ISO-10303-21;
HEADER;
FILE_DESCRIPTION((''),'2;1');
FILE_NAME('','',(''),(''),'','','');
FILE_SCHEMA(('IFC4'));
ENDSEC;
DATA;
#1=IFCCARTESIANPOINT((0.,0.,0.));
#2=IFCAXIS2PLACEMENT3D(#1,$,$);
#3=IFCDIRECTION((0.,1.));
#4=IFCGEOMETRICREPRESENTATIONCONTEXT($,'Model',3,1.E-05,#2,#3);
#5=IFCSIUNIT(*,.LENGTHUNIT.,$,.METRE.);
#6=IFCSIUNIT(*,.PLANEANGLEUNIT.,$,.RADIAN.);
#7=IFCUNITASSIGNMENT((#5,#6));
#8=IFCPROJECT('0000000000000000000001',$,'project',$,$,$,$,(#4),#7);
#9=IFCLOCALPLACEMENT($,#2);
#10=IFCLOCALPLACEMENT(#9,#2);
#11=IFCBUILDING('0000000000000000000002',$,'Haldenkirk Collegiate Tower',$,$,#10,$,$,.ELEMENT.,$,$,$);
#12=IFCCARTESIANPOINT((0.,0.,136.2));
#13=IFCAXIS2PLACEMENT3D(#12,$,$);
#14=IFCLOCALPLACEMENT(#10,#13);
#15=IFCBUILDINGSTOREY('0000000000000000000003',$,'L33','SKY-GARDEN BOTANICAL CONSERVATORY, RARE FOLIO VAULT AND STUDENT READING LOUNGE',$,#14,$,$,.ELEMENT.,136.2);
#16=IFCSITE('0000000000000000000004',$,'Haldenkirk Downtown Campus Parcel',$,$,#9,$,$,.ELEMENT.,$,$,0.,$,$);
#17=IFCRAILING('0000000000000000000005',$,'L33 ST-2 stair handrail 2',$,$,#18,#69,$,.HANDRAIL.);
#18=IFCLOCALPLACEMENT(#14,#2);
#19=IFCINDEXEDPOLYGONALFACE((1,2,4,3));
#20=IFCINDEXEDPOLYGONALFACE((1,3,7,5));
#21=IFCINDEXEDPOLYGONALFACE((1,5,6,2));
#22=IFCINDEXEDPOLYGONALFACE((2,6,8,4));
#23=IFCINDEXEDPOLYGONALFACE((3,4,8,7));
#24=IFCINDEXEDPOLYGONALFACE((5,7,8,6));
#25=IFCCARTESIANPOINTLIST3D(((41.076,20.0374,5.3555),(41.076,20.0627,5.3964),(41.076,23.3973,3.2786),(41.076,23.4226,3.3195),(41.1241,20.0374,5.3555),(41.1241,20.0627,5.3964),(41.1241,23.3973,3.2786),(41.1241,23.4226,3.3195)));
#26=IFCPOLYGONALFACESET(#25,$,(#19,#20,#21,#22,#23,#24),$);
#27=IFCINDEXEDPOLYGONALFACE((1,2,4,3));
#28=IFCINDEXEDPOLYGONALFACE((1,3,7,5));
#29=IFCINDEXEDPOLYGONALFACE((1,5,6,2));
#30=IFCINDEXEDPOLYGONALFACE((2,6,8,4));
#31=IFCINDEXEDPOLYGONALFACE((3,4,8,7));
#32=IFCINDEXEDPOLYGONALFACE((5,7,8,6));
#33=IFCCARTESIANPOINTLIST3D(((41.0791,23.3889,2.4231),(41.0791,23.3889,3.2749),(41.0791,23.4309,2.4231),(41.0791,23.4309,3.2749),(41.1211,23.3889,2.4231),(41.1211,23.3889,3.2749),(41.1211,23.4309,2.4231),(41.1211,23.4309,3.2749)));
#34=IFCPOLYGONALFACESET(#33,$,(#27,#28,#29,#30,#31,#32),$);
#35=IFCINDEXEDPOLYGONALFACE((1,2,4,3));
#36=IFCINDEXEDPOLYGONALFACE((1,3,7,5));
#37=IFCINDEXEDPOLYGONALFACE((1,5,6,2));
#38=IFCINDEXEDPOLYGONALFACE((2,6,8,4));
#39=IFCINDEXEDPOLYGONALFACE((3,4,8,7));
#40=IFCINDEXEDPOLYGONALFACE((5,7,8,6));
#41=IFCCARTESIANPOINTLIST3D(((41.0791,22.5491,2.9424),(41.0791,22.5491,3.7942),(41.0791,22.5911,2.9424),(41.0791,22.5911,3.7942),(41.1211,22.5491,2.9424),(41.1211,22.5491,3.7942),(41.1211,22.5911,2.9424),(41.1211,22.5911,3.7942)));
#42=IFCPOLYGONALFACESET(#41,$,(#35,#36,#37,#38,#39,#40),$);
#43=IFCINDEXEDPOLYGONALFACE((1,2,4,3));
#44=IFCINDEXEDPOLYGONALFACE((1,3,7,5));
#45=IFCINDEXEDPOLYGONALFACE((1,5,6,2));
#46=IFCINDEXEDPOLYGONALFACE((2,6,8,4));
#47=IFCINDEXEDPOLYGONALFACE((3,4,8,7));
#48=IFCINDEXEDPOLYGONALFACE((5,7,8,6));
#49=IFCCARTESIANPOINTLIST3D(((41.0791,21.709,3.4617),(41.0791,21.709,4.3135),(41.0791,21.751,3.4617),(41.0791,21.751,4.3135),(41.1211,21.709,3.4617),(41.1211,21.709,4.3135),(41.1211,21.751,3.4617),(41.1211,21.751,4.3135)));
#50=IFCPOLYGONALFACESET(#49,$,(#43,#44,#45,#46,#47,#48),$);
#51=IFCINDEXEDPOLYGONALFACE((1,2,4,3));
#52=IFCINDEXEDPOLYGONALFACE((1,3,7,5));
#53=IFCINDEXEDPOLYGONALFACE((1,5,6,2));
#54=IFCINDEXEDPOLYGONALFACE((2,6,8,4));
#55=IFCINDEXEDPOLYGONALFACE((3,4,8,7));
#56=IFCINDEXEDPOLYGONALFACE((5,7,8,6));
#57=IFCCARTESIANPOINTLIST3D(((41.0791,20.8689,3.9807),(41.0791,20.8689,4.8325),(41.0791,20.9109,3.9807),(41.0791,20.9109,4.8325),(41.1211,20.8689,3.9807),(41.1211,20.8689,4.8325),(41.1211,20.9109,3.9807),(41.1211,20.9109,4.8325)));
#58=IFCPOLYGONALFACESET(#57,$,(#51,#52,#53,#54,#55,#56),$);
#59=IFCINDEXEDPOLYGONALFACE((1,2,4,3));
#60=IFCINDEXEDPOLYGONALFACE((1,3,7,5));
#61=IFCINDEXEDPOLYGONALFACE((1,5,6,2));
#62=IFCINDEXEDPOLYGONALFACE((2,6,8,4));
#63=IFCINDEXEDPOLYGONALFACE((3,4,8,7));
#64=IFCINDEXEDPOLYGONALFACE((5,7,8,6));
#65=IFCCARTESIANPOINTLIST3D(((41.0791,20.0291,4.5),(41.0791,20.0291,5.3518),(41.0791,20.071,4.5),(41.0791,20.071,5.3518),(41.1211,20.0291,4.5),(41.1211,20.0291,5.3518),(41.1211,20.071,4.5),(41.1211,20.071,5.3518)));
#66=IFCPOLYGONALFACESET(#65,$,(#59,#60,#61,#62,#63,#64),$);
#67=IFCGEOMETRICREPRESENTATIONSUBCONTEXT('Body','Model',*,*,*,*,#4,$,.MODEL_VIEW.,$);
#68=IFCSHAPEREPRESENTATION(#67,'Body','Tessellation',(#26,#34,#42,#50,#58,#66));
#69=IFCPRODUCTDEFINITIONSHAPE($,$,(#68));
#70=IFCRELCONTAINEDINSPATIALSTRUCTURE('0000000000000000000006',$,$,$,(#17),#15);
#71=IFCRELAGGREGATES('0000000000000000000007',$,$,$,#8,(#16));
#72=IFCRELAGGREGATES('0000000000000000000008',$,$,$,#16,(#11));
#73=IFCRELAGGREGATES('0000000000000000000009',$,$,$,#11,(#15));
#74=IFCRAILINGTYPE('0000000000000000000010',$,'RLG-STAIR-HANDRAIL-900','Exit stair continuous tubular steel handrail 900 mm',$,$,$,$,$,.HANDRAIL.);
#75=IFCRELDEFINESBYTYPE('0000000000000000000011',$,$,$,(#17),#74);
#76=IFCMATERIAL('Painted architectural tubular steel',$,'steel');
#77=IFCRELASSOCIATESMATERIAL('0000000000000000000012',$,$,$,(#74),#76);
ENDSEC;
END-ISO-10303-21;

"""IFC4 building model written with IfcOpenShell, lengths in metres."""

from ifc_helpers import new_model, si_unit, direction, frame, origin, origin_2d, place, context, subcontext, project, spatial, rectangle, extrude, material, type_object, element, save


model = new_model("IFC4")

# Units and contexts
model_context = context("Model", 3, precision=1e-05, world=origin(), true_north=direction((0.0, 1.0)))
body_context = subcontext(model_context, "Body", "Model", "MODEL_VIEW")
ifc_project = project(units=[si_unit("LENGTHUNIT", "METRE"), si_unit("PLANEANGLEUNIT", "RADIAN")], contexts=[model_context])

# Site, building, storey
site_placement = place(None, origin())
site = spatial("IfcSite", under=ifc_project, at=site_placement, Name="Haldenkirk Downtown Campus Parcel", CompositionType="ELEMENT", RefElevation=0.0)
building_placement = place(site_placement, origin())
building = spatial("IfcBuilding", under=site, at=building_placement, Name="Haldenkirk Collegiate Tower", CompositionType="ELEMENT")
storey_placement = place(building_placement, frame((0.0, 0.0, 136.2)))
storey = spatial("IfcBuildingStorey", under=building, at=storey_placement, Name="L33", Description="SKY-GARDEN BOTANICAL CONSERVATORY, RARE FOLIO VAULT AND STUDENT READING LOUNGE", CompositionType="ELEMENT", Elevation=136.2)

# Railing
ifc_material_1 = material(Name="Painted architectural tubular steel", Category="steel")
railing_type_1 = type_object("IfcRailingType", Name="RLG-STAIR-HANDRAIL-900", Description="Exit stair continuous tubular steel handrail 900 mm", PredefinedType="HANDRAIL", material=ifc_material_1)
railing_1_placement = place(storey_placement, frame((41.1001, 23.4099, 2.4231)))
element("IfcRailing", 1, at=railing_1_placement, inside=storey, type_object=railing_type_1, Name="L33 ST-2 stair handrail 2", PredefinedType="HANDRAIL", context=body_context, shape_type="SweptSolid", body=[
    extrude(rectangle(XDim=0.0481, YDim=0.0481, at=origin_2d()), frame((0.0, 0.0, 0.876), z_axis=(0.0, -0.850606, 0.525803), x_axis=(1.0, 0.0, 0.0)), (0.0, 0.0, 1.0), 3.95),
    extrude(rectangle(XDim=0.042, YDim=0.042, at=origin_2d()), origin(), (0.0, 0.0, 1.0), 0.8518),
    extrude(rectangle(XDim=0.042, YDim=0.042, at=origin_2d()), frame((0.0, -0.8398, 0.5193)), (0.0, 0.0, 1.0), 0.8518),
    extrude(rectangle(XDim=0.042, YDim=0.042, at=origin_2d()), frame((0.0, -1.6799, 1.0386)), (0.0, 0.0, 1.0), 0.8518),
    extrude(rectangle(XDim=0.042, YDim=0.042, at=origin_2d()), frame((0.0, -2.52, 1.5576)), (0.0, 0.0, 1.0), 0.8518),
    extrude(rectangle(XDim=0.042, YDim=0.042, at=origin_2d()), frame((0.0, -3.3599, 2.0769)), (0.0, 0.0, 1.0), 0.8518),
])

save(model, "model.ifc")
